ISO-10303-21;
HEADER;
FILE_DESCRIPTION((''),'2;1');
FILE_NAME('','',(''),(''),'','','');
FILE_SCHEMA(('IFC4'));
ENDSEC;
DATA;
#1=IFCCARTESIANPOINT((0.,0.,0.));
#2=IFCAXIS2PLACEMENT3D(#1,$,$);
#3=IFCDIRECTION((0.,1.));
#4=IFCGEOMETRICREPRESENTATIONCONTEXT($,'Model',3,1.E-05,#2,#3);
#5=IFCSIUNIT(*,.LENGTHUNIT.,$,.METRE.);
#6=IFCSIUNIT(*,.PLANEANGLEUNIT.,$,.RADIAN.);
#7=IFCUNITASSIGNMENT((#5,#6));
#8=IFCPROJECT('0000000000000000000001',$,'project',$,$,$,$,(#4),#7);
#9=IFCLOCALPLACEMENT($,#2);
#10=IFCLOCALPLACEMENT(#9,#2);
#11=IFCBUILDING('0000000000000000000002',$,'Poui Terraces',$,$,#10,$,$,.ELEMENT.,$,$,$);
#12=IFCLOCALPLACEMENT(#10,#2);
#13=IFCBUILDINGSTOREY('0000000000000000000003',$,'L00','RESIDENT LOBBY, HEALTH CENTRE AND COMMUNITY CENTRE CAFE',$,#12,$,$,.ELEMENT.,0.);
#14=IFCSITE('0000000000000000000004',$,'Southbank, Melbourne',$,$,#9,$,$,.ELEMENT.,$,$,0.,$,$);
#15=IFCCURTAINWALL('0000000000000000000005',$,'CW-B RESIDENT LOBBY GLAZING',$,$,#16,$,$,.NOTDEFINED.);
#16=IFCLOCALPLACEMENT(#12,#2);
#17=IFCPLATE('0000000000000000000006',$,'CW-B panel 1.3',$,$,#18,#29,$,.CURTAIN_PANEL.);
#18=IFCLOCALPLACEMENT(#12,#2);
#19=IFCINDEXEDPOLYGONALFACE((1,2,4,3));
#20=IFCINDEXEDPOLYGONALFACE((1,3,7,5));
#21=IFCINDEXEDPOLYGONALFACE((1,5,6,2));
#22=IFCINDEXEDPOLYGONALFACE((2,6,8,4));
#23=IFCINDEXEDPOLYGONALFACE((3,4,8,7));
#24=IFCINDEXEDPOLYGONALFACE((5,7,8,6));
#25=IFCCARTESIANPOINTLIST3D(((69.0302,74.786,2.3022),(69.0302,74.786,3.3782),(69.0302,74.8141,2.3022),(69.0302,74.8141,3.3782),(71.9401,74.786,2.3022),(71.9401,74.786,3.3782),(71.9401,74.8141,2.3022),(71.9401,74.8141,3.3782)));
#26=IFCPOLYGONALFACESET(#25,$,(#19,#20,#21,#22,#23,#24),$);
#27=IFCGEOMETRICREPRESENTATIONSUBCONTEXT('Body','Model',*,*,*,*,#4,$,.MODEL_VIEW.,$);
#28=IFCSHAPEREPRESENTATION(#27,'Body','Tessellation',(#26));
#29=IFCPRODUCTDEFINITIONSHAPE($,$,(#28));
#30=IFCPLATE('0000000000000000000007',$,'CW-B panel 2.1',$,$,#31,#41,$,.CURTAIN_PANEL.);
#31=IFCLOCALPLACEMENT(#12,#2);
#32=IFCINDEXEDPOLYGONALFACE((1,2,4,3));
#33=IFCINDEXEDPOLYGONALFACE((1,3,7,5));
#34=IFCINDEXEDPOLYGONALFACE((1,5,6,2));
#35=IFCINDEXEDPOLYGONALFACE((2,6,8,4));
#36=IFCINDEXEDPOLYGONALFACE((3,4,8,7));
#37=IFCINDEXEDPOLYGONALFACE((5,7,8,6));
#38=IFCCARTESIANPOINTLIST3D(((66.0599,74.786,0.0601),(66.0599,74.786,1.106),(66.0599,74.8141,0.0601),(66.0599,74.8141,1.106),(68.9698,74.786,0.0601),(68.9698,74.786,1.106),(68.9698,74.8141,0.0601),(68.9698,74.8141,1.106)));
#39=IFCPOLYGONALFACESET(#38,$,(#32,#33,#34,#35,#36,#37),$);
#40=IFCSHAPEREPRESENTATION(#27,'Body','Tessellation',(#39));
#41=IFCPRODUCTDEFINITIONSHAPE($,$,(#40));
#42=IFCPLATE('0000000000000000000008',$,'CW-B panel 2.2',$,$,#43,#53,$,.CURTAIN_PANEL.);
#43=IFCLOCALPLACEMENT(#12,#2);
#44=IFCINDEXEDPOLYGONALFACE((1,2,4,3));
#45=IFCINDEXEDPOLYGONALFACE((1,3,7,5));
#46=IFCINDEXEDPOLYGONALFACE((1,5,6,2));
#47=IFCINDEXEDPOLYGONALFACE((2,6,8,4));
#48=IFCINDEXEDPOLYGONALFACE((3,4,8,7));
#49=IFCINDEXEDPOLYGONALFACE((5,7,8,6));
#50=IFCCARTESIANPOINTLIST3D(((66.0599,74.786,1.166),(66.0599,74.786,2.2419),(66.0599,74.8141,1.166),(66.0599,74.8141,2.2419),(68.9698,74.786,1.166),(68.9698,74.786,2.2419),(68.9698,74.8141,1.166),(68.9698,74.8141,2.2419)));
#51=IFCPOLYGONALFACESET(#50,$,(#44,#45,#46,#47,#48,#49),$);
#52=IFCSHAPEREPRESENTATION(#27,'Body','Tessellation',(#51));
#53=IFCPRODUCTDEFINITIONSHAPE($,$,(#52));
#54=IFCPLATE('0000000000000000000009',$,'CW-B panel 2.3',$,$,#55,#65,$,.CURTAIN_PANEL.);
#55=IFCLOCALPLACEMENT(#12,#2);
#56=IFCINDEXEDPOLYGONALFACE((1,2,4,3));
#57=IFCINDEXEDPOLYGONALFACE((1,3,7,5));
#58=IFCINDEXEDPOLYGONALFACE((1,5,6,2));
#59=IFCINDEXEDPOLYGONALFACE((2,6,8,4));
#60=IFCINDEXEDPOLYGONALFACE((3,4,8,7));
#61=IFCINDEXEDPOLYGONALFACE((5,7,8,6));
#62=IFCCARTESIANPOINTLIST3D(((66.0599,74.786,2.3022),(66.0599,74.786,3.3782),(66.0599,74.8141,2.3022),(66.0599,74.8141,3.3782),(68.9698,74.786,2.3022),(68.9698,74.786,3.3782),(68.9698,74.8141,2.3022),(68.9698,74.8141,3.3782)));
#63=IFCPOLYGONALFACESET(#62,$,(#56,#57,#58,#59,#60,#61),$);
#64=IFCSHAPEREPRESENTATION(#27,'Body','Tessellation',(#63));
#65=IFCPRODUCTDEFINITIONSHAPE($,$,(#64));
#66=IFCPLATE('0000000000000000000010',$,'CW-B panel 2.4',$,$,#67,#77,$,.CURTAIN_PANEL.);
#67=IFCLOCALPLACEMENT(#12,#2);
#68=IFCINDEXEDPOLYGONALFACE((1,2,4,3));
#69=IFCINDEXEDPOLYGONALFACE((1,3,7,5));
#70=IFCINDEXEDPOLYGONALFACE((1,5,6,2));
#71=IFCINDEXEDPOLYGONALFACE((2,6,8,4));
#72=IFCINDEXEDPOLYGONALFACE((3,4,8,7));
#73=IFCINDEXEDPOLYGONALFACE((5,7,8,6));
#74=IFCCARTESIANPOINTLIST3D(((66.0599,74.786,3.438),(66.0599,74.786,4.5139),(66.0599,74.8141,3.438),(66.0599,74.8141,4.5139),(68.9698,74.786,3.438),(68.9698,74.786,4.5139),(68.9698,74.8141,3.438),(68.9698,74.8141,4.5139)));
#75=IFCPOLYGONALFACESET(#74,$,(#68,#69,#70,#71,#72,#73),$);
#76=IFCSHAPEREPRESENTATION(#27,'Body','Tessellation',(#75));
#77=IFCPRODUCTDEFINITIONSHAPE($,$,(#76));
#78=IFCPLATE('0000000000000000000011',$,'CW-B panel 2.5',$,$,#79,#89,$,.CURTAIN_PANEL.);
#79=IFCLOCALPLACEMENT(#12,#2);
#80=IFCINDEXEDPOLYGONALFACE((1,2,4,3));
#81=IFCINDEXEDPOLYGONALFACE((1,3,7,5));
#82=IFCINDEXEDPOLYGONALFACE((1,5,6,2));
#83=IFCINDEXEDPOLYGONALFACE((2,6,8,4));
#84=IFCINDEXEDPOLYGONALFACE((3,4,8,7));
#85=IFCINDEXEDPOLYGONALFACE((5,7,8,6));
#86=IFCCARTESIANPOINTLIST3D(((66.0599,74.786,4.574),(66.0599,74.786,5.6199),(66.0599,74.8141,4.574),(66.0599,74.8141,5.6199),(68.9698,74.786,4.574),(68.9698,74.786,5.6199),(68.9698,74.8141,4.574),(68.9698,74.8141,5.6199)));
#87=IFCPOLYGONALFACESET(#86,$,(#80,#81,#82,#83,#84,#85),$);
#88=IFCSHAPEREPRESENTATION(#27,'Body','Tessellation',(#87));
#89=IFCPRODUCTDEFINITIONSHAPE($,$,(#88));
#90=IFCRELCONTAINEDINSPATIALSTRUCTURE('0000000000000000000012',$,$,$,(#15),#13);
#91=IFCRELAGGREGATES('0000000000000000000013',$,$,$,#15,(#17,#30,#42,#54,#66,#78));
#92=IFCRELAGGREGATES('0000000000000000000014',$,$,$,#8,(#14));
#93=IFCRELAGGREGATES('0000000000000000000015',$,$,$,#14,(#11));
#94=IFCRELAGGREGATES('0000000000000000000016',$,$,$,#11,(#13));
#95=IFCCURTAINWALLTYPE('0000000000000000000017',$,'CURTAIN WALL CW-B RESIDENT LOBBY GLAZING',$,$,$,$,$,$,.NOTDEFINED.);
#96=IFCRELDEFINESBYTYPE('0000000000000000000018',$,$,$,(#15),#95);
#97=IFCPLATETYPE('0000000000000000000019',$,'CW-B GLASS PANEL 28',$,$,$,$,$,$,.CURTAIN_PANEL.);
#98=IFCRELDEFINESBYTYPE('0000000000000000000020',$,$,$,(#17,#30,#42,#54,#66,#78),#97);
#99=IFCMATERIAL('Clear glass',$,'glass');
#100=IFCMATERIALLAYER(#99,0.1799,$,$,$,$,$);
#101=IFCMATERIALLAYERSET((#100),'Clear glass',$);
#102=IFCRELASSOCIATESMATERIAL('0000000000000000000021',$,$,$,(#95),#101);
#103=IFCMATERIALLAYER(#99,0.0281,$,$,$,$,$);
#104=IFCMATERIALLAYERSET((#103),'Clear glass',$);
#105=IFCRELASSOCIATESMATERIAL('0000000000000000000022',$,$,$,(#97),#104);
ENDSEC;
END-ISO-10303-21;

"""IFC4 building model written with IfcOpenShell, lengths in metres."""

from ifc_helpers import new_model, si_unit, direction, frame, origin, origin_2d, place, context, subcontext, project, spatial, rectangle, extrude, material, layer, layer_set, type_object, element, aggregate, save


model = new_model("IFC4")

# Units and contexts
model_context = context("Model", 3, precision=1e-05, world=origin(), true_north=direction((0.0, 1.0)))
body_context = subcontext(model_context, "Body", "Model", "MODEL_VIEW")
ifc_project = project(units=[si_unit("LENGTHUNIT", "METRE"), si_unit("PLANEANGLEUNIT", "RADIAN")], contexts=[model_context])

# Site, building, storey
site_placement = place(None, origin())
site = spatial("IfcSite", under=ifc_project, at=site_placement, Name="Southbank, Melbourne", CompositionType="ELEMENT", RefElevation=0.0)
building_placement = place(site_placement, origin())
building = spatial("IfcBuilding", under=site, at=building_placement, Name="Poui Terraces", CompositionType="ELEMENT")
storey_placement = place(building_placement, origin())
storey = spatial("IfcBuildingStorey", under=building, at=storey_placement, Name="L00", Description="RESIDENT LOBBY, HEALTH CENTRE AND COMMUNITY CENTRE CAFE", CompositionType="ELEMENT", Elevation=0.0)

# Curtain wall
ifc_material_1 = material(Name="Clear glass", Category="glass")
ifc_layer_1 = layer(ifc_material_1, 0.1799)
ifc_layer_set_1 = layer_set([ifc_layer_1], Name="Clear glass")
curtain_wall_type = type_object("IfcCurtainWallType", Name="CURTAIN WALL CW-B RESIDENT LOBBY GLAZING", PredefinedType="NOTDEFINED", material=ifc_layer_set_1)
curtain_wall_1_placement = place(storey_placement, origin())
curtain_wall_1 = element("IfcCurtainWall", 1, at=curtain_wall_1_placement, inside=storey, type_object=curtain_wall_type, Name="CW-B RESIDENT LOBBY GLAZING", PredefinedType="NOTDEFINED")

# Plates
ifc_layer_2 = layer(ifc_material_1, 0.0281)
ifc_layer_set_2 = layer_set([ifc_layer_2], Name="Clear glass")
plate_type = type_object("IfcPlateType", Name="CW-B GLASS PANEL 28", PredefinedType="CURTAIN_PANEL", material=ifc_layer_set_2)
plate_1_placement = place(storey_placement, frame((70.4851, 74.8, 2.3022), z_axis=(0.0, 0.0, 1.0), x_axis=(-1.0, 0.0, 0.0)))
plate_1 = element("IfcPlate", 2, at=plate_1_placement, type_object=plate_type, Name="CW-B panel 1.3", PredefinedType="CURTAIN_PANEL", context=body_context, shape_type="SweptSolid", body=[
    extrude(rectangle(XDim=2.9099, YDim=0.0281, at=origin_2d()), origin(), (0.0, 0.0, 1.0), 1.0759),
])
plate_2_placement = place(storey_placement, frame((67.5149, 74.8, 0.0601), z_axis=(0.0, 0.0, 1.0), x_axis=(-1.0, 0.0, 0.0)))
plate_2 = element("IfcPlate", 3, at=plate_2_placement, type_object=plate_type, Name="CW-B panel 2.1", PredefinedType="CURTAIN_PANEL", context=body_context, shape_type="SweptSolid", body=[
    extrude(rectangle(XDim=2.9099, YDim=0.0281, at=origin_2d()), origin(), (0.0, 0.0, 1.0), 1.0459),
])
plate_3_placement = place(storey_placement, frame((67.5149, 74.8, 1.166), z_axis=(0.0, 0.0, 1.0), x_axis=(-1.0, 0.0, 0.0)))
plate_3 = element("IfcPlate", 4, at=plate_3_placement, type_object=plate_type, Name="CW-B panel 2.2", PredefinedType="CURTAIN_PANEL", context=body_context, shape_type="SweptSolid", body=[
    extrude(rectangle(XDim=2.9099, YDim=0.0281, at=origin_2d()), origin(), (0.0, 0.0, 1.0), 1.0759),
])
plate_4_placement = place(storey_placement, frame((67.5149, 74.8, 2.3022), z_axis=(0.0, 0.0, 1.0), x_axis=(-1.0, 0.0, 0.0)))
plate_4 = element("IfcPlate", 5, at=plate_4_placement, type_object=plate_type, Name="CW-B panel 2.3", PredefinedType="CURTAIN_PANEL", context=body_context, shape_type="SweptSolid", body=[
    extrude(rectangle(XDim=2.9099, YDim=0.0281, at=origin_2d()), origin(), (0.0, 0.0, 1.0), 1.0759),
])
plate_5_placement = place(storey_placement, frame((67.5149, 74.8, 3.438), z_axis=(0.0, 0.0, 1.0), x_axis=(-1.0, 0.0, 0.0)))
plate_5 = element("IfcPlate", 6, at=plate_5_placement, type_object=plate_type, Name="CW-B panel 2.4", PredefinedType="CURTAIN_PANEL", context=body_context, shape_type="SweptSolid", body=[
    extrude(rectangle(XDim=2.9099, YDim=0.0281, at=origin_2d()), origin(), (0.0, 0.0, 1.0), 1.0759),
])
plate_6_placement = place(storey_placement, frame((67.5149, 74.8, 4.574), z_axis=(0.0, 0.0, 1.0), x_axis=(-1.0, 0.0, 0.0)))
plate_6 = element("IfcPlate", 7, at=plate_6_placement, type_object=plate_type, Name="CW-B panel 2.5", PredefinedType="CURTAIN_PANEL", context=body_context, shape_type="SweptSolid", body=[
    extrude(rectangle(XDim=2.9099, YDim=0.0281, at=origin_2d()), origin(), (0.0, 0.0, 1.0), 1.0459),
])
aggregate(curtain_wall_1, [plate_1, plate_2, plate_3, plate_4, plate_5, plate_6])

save(model, "model.ifc")
